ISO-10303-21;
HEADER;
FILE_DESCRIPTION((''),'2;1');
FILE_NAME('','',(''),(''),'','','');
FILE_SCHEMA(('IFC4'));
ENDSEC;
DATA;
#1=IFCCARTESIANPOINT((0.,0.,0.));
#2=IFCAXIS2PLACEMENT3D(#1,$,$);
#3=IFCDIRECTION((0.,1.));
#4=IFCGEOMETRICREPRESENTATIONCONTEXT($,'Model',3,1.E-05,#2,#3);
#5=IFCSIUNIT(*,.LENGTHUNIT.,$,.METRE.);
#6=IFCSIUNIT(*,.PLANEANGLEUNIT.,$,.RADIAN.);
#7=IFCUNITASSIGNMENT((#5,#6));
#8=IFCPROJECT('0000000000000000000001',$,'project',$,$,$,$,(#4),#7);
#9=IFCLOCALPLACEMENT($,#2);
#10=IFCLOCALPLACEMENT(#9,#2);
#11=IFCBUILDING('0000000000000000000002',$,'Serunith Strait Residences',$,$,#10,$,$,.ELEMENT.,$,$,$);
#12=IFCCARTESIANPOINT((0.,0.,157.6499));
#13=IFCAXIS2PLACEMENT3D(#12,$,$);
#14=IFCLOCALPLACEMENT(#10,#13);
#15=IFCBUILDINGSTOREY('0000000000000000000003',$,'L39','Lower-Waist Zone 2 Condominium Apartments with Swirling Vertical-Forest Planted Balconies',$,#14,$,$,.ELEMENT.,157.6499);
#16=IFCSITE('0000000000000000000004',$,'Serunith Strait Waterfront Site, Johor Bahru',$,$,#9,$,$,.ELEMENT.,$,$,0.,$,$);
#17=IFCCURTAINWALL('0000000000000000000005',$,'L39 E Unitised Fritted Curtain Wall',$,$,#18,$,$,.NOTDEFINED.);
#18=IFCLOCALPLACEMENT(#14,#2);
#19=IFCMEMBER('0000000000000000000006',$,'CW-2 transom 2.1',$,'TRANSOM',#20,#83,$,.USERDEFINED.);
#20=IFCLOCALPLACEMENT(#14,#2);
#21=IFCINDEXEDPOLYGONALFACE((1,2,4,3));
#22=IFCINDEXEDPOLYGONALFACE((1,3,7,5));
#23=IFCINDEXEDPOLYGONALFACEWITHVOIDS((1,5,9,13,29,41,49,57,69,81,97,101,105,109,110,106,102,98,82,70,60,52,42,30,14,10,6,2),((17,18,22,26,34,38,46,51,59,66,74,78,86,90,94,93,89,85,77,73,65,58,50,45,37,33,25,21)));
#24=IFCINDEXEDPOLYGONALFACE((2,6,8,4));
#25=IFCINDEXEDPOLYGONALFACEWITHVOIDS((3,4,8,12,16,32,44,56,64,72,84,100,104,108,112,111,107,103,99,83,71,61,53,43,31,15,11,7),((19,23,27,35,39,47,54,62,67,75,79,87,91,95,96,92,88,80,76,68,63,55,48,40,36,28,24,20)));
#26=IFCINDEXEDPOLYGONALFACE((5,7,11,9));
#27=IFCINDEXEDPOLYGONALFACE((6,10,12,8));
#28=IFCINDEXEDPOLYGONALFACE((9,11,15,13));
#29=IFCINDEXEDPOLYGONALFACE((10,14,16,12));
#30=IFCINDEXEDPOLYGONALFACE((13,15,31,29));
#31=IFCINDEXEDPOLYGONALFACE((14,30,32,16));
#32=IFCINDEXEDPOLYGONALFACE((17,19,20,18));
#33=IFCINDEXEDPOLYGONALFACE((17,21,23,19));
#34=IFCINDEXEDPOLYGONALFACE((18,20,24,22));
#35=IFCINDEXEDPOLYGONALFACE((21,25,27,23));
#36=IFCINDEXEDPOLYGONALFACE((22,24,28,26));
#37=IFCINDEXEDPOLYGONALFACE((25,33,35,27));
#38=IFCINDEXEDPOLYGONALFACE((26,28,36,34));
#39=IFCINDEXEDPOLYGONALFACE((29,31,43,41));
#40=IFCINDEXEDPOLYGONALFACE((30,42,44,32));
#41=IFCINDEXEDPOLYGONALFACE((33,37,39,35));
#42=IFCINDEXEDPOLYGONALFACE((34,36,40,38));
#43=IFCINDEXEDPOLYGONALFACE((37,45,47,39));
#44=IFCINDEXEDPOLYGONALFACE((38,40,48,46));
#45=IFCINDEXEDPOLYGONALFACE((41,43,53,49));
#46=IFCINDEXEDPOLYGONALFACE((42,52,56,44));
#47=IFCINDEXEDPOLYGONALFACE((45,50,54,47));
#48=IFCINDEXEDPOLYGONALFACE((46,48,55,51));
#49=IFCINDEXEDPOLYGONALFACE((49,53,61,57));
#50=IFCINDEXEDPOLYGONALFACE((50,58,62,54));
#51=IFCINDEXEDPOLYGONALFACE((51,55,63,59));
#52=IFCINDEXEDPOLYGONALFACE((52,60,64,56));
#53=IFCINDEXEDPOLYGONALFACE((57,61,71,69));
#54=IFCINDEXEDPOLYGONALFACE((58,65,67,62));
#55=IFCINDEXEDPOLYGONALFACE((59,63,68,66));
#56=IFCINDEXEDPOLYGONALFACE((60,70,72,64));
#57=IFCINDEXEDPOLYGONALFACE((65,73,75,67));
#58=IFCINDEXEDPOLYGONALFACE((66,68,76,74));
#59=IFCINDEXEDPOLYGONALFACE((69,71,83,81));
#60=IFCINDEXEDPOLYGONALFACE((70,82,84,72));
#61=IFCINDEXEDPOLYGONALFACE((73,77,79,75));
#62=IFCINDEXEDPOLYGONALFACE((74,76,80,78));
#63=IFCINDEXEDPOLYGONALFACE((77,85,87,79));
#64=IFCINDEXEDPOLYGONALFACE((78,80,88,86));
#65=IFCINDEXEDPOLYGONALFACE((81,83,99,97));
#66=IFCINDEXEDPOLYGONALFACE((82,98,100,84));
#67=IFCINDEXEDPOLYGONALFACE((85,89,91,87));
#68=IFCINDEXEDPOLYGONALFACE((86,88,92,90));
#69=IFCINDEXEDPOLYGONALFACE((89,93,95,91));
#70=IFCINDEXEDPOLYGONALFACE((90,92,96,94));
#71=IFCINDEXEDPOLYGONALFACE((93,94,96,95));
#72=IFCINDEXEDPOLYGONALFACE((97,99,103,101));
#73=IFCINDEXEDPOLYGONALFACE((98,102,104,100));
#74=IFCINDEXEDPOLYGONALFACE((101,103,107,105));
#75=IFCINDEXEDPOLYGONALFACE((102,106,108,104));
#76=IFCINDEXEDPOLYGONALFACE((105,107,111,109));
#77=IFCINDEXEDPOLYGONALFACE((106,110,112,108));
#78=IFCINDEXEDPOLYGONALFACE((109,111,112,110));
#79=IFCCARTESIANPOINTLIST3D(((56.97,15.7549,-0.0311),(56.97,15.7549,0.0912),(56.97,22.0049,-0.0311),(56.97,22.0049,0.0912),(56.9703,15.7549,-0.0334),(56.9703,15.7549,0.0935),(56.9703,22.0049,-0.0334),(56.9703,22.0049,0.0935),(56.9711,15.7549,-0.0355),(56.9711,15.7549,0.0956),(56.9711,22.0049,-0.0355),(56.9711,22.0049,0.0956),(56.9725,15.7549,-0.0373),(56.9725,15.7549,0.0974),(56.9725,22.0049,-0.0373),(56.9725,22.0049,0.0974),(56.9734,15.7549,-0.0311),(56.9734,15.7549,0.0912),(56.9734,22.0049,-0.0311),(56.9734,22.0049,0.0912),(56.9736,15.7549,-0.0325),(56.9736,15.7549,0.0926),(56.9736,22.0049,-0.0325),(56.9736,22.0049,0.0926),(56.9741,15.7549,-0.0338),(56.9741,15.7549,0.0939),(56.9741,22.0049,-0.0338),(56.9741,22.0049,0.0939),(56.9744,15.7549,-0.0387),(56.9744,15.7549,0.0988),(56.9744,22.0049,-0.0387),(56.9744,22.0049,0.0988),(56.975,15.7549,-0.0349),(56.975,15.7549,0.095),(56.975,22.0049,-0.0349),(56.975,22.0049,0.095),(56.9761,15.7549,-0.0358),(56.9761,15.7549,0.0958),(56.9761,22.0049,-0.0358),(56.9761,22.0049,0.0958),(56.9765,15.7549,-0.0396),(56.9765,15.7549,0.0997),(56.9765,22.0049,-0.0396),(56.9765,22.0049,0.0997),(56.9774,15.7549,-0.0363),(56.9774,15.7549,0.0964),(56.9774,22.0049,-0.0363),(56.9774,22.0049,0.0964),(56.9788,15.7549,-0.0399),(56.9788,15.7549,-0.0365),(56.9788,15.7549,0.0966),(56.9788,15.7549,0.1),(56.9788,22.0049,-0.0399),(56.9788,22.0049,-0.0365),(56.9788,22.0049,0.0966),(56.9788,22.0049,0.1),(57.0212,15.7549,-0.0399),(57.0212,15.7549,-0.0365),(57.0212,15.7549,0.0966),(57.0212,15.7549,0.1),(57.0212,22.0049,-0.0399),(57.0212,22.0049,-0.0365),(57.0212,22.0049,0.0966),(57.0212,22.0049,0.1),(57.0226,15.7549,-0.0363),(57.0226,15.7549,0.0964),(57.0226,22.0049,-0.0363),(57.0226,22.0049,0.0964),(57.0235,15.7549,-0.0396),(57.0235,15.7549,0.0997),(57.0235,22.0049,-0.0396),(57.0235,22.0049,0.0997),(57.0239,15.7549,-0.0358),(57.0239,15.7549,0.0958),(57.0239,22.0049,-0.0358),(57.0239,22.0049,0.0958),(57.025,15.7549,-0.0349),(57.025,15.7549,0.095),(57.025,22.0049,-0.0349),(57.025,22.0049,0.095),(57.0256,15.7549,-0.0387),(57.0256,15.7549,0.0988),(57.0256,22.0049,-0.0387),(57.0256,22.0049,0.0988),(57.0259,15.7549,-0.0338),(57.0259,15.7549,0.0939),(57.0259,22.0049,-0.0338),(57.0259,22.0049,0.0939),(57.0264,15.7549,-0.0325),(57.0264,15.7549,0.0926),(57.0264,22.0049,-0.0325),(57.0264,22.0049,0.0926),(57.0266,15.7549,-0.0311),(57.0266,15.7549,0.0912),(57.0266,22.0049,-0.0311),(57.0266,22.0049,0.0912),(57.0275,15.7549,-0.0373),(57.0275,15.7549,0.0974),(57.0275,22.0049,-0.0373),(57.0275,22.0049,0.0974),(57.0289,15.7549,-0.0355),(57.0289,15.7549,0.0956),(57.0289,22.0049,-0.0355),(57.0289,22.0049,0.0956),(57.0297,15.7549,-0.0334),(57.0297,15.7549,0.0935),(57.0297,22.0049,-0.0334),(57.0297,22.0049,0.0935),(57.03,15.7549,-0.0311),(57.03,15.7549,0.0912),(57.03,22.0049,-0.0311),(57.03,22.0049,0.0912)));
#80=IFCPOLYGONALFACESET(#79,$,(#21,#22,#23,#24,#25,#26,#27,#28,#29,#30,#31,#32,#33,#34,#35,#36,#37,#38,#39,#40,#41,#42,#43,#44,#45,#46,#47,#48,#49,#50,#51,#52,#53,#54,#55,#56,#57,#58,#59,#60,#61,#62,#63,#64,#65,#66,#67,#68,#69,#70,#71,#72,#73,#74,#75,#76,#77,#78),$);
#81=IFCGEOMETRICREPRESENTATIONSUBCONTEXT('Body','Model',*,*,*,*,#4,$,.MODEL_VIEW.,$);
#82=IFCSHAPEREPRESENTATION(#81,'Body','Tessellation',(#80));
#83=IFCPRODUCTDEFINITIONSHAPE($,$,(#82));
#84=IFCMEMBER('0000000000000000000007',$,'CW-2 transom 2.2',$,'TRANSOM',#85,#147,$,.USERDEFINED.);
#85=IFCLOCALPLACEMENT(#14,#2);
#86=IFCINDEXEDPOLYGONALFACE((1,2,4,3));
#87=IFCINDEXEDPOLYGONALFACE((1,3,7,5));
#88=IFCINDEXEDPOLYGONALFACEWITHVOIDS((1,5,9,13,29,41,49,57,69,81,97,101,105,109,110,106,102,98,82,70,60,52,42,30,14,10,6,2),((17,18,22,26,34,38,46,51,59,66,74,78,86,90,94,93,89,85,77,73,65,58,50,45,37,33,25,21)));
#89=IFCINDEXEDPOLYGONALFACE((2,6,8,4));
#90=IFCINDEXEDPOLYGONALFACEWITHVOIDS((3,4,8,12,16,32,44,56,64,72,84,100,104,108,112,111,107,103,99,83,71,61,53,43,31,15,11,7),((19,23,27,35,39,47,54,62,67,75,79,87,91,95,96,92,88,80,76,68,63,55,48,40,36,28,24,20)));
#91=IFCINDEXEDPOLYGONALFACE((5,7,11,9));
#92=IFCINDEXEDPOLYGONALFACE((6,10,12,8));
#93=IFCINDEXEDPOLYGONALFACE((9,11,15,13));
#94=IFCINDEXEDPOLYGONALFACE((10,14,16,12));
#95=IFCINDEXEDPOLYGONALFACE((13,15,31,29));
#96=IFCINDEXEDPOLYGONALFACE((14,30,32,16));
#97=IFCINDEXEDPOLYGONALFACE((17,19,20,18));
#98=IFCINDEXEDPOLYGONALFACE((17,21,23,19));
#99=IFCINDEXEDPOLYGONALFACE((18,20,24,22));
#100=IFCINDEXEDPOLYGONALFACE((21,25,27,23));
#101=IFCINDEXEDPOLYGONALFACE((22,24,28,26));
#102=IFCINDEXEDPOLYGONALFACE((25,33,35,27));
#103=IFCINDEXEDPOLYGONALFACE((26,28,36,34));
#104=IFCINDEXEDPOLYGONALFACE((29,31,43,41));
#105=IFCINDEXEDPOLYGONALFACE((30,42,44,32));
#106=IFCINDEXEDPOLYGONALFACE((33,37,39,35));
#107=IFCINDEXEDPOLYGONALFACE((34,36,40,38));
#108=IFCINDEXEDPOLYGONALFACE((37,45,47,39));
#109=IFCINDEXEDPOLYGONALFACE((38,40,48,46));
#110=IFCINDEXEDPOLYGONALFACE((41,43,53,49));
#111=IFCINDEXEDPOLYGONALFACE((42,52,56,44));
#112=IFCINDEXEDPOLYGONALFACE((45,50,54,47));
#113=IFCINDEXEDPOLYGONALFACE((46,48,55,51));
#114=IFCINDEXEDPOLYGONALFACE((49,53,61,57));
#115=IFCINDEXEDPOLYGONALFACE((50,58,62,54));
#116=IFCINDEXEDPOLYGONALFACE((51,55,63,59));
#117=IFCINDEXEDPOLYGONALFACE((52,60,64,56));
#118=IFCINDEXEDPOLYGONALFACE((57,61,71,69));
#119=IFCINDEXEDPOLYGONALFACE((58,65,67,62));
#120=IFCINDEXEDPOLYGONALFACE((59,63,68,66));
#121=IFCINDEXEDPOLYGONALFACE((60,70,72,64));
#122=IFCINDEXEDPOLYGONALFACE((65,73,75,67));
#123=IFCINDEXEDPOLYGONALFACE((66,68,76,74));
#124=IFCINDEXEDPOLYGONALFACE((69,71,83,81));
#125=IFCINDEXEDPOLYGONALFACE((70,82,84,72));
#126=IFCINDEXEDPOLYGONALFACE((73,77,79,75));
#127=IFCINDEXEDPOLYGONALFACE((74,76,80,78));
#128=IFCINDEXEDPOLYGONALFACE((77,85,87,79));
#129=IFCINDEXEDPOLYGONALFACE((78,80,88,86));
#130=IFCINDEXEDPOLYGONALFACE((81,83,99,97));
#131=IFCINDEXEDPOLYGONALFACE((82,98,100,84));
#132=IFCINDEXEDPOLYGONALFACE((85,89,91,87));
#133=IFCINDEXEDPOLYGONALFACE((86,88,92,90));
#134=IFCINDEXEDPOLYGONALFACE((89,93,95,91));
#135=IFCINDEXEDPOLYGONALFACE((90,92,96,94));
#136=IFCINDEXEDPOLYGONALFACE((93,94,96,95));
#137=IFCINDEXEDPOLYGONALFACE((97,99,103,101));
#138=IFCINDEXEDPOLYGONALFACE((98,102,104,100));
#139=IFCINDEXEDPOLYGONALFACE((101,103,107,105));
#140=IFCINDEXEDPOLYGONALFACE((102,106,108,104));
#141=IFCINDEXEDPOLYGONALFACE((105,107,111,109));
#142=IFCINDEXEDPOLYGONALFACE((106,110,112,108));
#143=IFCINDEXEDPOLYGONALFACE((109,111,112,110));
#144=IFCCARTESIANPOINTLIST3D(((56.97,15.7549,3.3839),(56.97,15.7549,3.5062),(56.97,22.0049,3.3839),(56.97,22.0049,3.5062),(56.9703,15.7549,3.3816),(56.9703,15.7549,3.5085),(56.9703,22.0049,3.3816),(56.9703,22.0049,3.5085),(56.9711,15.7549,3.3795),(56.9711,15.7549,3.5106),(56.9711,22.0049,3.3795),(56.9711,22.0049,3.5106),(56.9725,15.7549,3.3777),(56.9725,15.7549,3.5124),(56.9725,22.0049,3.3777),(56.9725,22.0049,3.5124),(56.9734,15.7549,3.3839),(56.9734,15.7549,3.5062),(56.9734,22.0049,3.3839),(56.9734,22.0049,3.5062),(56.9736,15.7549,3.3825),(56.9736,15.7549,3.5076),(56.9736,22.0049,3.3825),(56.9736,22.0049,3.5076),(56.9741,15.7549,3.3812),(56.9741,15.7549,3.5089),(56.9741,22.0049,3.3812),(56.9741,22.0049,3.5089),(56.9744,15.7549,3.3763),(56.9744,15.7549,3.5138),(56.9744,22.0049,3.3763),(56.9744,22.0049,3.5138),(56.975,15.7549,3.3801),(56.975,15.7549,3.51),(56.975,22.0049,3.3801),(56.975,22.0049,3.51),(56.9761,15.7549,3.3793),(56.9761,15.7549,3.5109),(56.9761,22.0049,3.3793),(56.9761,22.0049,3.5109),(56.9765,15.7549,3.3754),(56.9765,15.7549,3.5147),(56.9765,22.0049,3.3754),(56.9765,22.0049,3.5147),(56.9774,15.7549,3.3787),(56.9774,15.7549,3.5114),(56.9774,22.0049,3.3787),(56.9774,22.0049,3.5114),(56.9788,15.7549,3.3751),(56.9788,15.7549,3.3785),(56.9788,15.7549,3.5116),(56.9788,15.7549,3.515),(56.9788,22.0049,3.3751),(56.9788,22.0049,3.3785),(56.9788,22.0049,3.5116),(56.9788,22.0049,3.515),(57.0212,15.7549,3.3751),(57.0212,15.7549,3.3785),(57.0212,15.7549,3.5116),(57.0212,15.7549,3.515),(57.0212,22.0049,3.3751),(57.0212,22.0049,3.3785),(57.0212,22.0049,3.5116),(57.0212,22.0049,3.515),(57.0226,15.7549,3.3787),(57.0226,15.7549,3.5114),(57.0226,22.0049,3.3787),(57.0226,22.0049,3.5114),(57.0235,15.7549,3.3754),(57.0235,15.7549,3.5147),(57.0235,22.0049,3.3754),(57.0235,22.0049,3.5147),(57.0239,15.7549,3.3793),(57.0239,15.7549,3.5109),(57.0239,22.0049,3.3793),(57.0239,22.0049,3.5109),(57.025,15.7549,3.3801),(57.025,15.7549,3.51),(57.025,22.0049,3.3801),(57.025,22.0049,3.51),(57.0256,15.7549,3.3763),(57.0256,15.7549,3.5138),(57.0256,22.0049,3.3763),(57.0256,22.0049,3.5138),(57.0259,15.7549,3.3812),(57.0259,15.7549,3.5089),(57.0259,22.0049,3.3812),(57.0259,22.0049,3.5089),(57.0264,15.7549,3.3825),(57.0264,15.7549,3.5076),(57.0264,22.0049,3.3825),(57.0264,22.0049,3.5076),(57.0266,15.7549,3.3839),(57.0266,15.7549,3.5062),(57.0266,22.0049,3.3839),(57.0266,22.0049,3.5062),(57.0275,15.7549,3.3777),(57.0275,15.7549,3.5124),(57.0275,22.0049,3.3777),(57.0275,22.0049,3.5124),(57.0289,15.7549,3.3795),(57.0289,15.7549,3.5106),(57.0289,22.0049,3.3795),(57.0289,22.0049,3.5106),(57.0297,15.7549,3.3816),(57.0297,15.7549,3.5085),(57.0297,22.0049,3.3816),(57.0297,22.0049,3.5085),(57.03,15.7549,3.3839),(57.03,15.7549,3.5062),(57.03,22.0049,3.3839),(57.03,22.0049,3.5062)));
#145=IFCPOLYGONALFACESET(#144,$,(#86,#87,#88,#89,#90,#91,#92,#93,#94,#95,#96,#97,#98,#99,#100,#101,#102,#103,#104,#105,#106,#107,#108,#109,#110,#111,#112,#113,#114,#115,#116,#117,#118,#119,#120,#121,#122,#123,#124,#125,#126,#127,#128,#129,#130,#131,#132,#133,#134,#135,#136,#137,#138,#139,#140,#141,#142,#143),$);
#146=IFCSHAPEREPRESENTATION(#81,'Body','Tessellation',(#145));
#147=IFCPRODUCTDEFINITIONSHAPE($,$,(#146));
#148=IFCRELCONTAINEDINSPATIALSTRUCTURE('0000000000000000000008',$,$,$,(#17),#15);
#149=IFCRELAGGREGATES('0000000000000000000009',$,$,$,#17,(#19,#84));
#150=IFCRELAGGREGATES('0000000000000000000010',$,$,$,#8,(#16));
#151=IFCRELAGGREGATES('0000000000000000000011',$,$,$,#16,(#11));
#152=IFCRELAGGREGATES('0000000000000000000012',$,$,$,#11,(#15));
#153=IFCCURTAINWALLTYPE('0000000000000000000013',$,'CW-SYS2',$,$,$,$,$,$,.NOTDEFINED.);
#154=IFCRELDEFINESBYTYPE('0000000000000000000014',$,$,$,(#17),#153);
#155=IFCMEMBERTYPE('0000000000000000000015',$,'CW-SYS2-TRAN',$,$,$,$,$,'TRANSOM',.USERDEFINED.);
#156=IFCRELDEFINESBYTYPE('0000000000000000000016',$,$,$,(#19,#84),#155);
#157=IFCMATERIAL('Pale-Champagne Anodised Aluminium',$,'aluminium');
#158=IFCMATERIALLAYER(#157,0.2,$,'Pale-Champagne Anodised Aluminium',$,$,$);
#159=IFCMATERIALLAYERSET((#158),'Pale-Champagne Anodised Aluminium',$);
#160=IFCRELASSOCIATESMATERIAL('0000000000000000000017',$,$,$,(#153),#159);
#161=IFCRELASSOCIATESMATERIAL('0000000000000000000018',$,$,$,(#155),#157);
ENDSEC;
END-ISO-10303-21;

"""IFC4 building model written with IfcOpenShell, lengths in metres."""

from ifc_helpers import new_model, si_unit, direction, frame, origin, origin_2d, place, context, subcontext, project, spatial, hollow_rectangle, extrude, source, transform, mapped, material, layer, layer_set, material_profile, profile_set, type_object, element, aggregate, save


model = new_model("IFC4")

# Units and contexts
model_context = context("Model", 3, precision=1e-05, world=origin(), true_north=direction((0.0, 1.0)))
body_context = subcontext(model_context, "Body", "Model", "MODEL_VIEW")
ifc_project = project(units=[si_unit("LENGTHUNIT", "METRE"), si_unit("PLANEANGLEUNIT", "RADIAN")], contexts=[model_context])

# Site, building, storey
site_placement = place(None, origin())
site = spatial("IfcSite", under=ifc_project, at=site_placement, Name="Serunith Strait Waterfront Site, Johor Bahru", CompositionType="ELEMENT", RefElevation=0.0)
building_placement = place(site_placement, origin())
building = spatial("IfcBuilding", under=site, at=building_placement, Name="Serunith Strait Residences", CompositionType="ELEMENT")
storey_placement = place(building_placement, frame((0.0, 0.0, 157.6499)))
storey = spatial("IfcBuildingStorey", under=building, at=storey_placement, Name="L39", Description="Lower-Waist Zone 2 Condominium Apartments with Swirling Vertical-Forest Planted Balconies", CompositionType="ELEMENT", Elevation=157.6499)

# Curtain wall, members
ifc_material_1 = material(Name="Pale-Champagne Anodised Aluminium", Category="aluminium")
ifc_layer_1 = layer(ifc_material_1, 0.2, Name="Pale-Champagne Anodised Aluminium")
ifc_layer_set_1 = layer_set([ifc_layer_1], Name="Pale-Champagne Anodised Aluminium")
curtain_wall_type = type_object("IfcCurtainWallType", Name="CW-SYS2", PredefinedType="NOTDEFINED", material=ifc_layer_set_1)
curtain_wall_placement = place(storey_placement, origin())
curtain_wall = element("IfcCurtainWall", 1, at=curtain_wall_placement, inside=storey, type_object=curtain_wall_type, Name="L39 E Unitised Fritted Curtain Wall", PredefinedType="NOTDEFINED")
ifc_material_profile_1 = material_profile(ifc_material_1, hollow_rectangle(XDim=0.0601, YDim=0.1399, WallThickness=0.0034, InnerFilletRadius=0.0054, OuterFilletRadius=0.0088, at=origin_2d()), Name="ALU 140x60x3.5")
ifc_profile_set_1 = profile_set([ifc_material_profile_1], Name="Pale-Champagne Anodised Aluminium")
member_type_1 = type_object("IfcMemberType", Name="CW-SYS2-TRAN", ElementType="TRANSOM", PredefinedType="USERDEFINED", material=ifc_profile_set_1)
shared_shape_1 = source(origin(), body_context, "Body", "SweptSolid", [
    extrude(hollow_rectangle(XDim=0.0601, YDim=0.1399, WallThickness=0.0034, InnerFilletRadius=0.0054, OuterFilletRadius=0.0088, at=origin_2d()), origin(), (0.0, 0.0, 1.0), 6.25),
])
member_1_placement = place(storey_placement, frame((57.0, 15.7549, 0.03), z_axis=(0.0, 1.0, 0.0), x_axis=(-1.0, 0.0, 0.0)))
member_1 = element("IfcMember", 2, at=member_1_placement, type_object=member_type_1, Name="CW-2 transom 2.1", ObjectType="TRANSOM", PredefinedType="USERDEFINED", context=body_context, shape_type="MappedRepresentation", body=[
    mapped(shared_shape_1, transform((0.0, 0.0, 0.0), scale=1.0)),
])
member_2_placement = place(storey_placement, frame((57.0, 15.7549, 3.4451), z_axis=(0.0, 1.0, 0.0), x_axis=(-1.0, 0.0, 0.0)))
member_2 = element("IfcMember", 3, at=member_2_placement, type_object=member_type_1, Name="CW-2 transom 2.2", ObjectType="TRANSOM", PredefinedType="USERDEFINED", context=body_context, shape_type="MappedRepresentation", body=[
    mapped(shared_shape_1, transform((0.0, 0.0, 0.0), scale=1.0)),
])
aggregate(curtain_wall, [member_1, member_2])

save(model, "model.ifc")
